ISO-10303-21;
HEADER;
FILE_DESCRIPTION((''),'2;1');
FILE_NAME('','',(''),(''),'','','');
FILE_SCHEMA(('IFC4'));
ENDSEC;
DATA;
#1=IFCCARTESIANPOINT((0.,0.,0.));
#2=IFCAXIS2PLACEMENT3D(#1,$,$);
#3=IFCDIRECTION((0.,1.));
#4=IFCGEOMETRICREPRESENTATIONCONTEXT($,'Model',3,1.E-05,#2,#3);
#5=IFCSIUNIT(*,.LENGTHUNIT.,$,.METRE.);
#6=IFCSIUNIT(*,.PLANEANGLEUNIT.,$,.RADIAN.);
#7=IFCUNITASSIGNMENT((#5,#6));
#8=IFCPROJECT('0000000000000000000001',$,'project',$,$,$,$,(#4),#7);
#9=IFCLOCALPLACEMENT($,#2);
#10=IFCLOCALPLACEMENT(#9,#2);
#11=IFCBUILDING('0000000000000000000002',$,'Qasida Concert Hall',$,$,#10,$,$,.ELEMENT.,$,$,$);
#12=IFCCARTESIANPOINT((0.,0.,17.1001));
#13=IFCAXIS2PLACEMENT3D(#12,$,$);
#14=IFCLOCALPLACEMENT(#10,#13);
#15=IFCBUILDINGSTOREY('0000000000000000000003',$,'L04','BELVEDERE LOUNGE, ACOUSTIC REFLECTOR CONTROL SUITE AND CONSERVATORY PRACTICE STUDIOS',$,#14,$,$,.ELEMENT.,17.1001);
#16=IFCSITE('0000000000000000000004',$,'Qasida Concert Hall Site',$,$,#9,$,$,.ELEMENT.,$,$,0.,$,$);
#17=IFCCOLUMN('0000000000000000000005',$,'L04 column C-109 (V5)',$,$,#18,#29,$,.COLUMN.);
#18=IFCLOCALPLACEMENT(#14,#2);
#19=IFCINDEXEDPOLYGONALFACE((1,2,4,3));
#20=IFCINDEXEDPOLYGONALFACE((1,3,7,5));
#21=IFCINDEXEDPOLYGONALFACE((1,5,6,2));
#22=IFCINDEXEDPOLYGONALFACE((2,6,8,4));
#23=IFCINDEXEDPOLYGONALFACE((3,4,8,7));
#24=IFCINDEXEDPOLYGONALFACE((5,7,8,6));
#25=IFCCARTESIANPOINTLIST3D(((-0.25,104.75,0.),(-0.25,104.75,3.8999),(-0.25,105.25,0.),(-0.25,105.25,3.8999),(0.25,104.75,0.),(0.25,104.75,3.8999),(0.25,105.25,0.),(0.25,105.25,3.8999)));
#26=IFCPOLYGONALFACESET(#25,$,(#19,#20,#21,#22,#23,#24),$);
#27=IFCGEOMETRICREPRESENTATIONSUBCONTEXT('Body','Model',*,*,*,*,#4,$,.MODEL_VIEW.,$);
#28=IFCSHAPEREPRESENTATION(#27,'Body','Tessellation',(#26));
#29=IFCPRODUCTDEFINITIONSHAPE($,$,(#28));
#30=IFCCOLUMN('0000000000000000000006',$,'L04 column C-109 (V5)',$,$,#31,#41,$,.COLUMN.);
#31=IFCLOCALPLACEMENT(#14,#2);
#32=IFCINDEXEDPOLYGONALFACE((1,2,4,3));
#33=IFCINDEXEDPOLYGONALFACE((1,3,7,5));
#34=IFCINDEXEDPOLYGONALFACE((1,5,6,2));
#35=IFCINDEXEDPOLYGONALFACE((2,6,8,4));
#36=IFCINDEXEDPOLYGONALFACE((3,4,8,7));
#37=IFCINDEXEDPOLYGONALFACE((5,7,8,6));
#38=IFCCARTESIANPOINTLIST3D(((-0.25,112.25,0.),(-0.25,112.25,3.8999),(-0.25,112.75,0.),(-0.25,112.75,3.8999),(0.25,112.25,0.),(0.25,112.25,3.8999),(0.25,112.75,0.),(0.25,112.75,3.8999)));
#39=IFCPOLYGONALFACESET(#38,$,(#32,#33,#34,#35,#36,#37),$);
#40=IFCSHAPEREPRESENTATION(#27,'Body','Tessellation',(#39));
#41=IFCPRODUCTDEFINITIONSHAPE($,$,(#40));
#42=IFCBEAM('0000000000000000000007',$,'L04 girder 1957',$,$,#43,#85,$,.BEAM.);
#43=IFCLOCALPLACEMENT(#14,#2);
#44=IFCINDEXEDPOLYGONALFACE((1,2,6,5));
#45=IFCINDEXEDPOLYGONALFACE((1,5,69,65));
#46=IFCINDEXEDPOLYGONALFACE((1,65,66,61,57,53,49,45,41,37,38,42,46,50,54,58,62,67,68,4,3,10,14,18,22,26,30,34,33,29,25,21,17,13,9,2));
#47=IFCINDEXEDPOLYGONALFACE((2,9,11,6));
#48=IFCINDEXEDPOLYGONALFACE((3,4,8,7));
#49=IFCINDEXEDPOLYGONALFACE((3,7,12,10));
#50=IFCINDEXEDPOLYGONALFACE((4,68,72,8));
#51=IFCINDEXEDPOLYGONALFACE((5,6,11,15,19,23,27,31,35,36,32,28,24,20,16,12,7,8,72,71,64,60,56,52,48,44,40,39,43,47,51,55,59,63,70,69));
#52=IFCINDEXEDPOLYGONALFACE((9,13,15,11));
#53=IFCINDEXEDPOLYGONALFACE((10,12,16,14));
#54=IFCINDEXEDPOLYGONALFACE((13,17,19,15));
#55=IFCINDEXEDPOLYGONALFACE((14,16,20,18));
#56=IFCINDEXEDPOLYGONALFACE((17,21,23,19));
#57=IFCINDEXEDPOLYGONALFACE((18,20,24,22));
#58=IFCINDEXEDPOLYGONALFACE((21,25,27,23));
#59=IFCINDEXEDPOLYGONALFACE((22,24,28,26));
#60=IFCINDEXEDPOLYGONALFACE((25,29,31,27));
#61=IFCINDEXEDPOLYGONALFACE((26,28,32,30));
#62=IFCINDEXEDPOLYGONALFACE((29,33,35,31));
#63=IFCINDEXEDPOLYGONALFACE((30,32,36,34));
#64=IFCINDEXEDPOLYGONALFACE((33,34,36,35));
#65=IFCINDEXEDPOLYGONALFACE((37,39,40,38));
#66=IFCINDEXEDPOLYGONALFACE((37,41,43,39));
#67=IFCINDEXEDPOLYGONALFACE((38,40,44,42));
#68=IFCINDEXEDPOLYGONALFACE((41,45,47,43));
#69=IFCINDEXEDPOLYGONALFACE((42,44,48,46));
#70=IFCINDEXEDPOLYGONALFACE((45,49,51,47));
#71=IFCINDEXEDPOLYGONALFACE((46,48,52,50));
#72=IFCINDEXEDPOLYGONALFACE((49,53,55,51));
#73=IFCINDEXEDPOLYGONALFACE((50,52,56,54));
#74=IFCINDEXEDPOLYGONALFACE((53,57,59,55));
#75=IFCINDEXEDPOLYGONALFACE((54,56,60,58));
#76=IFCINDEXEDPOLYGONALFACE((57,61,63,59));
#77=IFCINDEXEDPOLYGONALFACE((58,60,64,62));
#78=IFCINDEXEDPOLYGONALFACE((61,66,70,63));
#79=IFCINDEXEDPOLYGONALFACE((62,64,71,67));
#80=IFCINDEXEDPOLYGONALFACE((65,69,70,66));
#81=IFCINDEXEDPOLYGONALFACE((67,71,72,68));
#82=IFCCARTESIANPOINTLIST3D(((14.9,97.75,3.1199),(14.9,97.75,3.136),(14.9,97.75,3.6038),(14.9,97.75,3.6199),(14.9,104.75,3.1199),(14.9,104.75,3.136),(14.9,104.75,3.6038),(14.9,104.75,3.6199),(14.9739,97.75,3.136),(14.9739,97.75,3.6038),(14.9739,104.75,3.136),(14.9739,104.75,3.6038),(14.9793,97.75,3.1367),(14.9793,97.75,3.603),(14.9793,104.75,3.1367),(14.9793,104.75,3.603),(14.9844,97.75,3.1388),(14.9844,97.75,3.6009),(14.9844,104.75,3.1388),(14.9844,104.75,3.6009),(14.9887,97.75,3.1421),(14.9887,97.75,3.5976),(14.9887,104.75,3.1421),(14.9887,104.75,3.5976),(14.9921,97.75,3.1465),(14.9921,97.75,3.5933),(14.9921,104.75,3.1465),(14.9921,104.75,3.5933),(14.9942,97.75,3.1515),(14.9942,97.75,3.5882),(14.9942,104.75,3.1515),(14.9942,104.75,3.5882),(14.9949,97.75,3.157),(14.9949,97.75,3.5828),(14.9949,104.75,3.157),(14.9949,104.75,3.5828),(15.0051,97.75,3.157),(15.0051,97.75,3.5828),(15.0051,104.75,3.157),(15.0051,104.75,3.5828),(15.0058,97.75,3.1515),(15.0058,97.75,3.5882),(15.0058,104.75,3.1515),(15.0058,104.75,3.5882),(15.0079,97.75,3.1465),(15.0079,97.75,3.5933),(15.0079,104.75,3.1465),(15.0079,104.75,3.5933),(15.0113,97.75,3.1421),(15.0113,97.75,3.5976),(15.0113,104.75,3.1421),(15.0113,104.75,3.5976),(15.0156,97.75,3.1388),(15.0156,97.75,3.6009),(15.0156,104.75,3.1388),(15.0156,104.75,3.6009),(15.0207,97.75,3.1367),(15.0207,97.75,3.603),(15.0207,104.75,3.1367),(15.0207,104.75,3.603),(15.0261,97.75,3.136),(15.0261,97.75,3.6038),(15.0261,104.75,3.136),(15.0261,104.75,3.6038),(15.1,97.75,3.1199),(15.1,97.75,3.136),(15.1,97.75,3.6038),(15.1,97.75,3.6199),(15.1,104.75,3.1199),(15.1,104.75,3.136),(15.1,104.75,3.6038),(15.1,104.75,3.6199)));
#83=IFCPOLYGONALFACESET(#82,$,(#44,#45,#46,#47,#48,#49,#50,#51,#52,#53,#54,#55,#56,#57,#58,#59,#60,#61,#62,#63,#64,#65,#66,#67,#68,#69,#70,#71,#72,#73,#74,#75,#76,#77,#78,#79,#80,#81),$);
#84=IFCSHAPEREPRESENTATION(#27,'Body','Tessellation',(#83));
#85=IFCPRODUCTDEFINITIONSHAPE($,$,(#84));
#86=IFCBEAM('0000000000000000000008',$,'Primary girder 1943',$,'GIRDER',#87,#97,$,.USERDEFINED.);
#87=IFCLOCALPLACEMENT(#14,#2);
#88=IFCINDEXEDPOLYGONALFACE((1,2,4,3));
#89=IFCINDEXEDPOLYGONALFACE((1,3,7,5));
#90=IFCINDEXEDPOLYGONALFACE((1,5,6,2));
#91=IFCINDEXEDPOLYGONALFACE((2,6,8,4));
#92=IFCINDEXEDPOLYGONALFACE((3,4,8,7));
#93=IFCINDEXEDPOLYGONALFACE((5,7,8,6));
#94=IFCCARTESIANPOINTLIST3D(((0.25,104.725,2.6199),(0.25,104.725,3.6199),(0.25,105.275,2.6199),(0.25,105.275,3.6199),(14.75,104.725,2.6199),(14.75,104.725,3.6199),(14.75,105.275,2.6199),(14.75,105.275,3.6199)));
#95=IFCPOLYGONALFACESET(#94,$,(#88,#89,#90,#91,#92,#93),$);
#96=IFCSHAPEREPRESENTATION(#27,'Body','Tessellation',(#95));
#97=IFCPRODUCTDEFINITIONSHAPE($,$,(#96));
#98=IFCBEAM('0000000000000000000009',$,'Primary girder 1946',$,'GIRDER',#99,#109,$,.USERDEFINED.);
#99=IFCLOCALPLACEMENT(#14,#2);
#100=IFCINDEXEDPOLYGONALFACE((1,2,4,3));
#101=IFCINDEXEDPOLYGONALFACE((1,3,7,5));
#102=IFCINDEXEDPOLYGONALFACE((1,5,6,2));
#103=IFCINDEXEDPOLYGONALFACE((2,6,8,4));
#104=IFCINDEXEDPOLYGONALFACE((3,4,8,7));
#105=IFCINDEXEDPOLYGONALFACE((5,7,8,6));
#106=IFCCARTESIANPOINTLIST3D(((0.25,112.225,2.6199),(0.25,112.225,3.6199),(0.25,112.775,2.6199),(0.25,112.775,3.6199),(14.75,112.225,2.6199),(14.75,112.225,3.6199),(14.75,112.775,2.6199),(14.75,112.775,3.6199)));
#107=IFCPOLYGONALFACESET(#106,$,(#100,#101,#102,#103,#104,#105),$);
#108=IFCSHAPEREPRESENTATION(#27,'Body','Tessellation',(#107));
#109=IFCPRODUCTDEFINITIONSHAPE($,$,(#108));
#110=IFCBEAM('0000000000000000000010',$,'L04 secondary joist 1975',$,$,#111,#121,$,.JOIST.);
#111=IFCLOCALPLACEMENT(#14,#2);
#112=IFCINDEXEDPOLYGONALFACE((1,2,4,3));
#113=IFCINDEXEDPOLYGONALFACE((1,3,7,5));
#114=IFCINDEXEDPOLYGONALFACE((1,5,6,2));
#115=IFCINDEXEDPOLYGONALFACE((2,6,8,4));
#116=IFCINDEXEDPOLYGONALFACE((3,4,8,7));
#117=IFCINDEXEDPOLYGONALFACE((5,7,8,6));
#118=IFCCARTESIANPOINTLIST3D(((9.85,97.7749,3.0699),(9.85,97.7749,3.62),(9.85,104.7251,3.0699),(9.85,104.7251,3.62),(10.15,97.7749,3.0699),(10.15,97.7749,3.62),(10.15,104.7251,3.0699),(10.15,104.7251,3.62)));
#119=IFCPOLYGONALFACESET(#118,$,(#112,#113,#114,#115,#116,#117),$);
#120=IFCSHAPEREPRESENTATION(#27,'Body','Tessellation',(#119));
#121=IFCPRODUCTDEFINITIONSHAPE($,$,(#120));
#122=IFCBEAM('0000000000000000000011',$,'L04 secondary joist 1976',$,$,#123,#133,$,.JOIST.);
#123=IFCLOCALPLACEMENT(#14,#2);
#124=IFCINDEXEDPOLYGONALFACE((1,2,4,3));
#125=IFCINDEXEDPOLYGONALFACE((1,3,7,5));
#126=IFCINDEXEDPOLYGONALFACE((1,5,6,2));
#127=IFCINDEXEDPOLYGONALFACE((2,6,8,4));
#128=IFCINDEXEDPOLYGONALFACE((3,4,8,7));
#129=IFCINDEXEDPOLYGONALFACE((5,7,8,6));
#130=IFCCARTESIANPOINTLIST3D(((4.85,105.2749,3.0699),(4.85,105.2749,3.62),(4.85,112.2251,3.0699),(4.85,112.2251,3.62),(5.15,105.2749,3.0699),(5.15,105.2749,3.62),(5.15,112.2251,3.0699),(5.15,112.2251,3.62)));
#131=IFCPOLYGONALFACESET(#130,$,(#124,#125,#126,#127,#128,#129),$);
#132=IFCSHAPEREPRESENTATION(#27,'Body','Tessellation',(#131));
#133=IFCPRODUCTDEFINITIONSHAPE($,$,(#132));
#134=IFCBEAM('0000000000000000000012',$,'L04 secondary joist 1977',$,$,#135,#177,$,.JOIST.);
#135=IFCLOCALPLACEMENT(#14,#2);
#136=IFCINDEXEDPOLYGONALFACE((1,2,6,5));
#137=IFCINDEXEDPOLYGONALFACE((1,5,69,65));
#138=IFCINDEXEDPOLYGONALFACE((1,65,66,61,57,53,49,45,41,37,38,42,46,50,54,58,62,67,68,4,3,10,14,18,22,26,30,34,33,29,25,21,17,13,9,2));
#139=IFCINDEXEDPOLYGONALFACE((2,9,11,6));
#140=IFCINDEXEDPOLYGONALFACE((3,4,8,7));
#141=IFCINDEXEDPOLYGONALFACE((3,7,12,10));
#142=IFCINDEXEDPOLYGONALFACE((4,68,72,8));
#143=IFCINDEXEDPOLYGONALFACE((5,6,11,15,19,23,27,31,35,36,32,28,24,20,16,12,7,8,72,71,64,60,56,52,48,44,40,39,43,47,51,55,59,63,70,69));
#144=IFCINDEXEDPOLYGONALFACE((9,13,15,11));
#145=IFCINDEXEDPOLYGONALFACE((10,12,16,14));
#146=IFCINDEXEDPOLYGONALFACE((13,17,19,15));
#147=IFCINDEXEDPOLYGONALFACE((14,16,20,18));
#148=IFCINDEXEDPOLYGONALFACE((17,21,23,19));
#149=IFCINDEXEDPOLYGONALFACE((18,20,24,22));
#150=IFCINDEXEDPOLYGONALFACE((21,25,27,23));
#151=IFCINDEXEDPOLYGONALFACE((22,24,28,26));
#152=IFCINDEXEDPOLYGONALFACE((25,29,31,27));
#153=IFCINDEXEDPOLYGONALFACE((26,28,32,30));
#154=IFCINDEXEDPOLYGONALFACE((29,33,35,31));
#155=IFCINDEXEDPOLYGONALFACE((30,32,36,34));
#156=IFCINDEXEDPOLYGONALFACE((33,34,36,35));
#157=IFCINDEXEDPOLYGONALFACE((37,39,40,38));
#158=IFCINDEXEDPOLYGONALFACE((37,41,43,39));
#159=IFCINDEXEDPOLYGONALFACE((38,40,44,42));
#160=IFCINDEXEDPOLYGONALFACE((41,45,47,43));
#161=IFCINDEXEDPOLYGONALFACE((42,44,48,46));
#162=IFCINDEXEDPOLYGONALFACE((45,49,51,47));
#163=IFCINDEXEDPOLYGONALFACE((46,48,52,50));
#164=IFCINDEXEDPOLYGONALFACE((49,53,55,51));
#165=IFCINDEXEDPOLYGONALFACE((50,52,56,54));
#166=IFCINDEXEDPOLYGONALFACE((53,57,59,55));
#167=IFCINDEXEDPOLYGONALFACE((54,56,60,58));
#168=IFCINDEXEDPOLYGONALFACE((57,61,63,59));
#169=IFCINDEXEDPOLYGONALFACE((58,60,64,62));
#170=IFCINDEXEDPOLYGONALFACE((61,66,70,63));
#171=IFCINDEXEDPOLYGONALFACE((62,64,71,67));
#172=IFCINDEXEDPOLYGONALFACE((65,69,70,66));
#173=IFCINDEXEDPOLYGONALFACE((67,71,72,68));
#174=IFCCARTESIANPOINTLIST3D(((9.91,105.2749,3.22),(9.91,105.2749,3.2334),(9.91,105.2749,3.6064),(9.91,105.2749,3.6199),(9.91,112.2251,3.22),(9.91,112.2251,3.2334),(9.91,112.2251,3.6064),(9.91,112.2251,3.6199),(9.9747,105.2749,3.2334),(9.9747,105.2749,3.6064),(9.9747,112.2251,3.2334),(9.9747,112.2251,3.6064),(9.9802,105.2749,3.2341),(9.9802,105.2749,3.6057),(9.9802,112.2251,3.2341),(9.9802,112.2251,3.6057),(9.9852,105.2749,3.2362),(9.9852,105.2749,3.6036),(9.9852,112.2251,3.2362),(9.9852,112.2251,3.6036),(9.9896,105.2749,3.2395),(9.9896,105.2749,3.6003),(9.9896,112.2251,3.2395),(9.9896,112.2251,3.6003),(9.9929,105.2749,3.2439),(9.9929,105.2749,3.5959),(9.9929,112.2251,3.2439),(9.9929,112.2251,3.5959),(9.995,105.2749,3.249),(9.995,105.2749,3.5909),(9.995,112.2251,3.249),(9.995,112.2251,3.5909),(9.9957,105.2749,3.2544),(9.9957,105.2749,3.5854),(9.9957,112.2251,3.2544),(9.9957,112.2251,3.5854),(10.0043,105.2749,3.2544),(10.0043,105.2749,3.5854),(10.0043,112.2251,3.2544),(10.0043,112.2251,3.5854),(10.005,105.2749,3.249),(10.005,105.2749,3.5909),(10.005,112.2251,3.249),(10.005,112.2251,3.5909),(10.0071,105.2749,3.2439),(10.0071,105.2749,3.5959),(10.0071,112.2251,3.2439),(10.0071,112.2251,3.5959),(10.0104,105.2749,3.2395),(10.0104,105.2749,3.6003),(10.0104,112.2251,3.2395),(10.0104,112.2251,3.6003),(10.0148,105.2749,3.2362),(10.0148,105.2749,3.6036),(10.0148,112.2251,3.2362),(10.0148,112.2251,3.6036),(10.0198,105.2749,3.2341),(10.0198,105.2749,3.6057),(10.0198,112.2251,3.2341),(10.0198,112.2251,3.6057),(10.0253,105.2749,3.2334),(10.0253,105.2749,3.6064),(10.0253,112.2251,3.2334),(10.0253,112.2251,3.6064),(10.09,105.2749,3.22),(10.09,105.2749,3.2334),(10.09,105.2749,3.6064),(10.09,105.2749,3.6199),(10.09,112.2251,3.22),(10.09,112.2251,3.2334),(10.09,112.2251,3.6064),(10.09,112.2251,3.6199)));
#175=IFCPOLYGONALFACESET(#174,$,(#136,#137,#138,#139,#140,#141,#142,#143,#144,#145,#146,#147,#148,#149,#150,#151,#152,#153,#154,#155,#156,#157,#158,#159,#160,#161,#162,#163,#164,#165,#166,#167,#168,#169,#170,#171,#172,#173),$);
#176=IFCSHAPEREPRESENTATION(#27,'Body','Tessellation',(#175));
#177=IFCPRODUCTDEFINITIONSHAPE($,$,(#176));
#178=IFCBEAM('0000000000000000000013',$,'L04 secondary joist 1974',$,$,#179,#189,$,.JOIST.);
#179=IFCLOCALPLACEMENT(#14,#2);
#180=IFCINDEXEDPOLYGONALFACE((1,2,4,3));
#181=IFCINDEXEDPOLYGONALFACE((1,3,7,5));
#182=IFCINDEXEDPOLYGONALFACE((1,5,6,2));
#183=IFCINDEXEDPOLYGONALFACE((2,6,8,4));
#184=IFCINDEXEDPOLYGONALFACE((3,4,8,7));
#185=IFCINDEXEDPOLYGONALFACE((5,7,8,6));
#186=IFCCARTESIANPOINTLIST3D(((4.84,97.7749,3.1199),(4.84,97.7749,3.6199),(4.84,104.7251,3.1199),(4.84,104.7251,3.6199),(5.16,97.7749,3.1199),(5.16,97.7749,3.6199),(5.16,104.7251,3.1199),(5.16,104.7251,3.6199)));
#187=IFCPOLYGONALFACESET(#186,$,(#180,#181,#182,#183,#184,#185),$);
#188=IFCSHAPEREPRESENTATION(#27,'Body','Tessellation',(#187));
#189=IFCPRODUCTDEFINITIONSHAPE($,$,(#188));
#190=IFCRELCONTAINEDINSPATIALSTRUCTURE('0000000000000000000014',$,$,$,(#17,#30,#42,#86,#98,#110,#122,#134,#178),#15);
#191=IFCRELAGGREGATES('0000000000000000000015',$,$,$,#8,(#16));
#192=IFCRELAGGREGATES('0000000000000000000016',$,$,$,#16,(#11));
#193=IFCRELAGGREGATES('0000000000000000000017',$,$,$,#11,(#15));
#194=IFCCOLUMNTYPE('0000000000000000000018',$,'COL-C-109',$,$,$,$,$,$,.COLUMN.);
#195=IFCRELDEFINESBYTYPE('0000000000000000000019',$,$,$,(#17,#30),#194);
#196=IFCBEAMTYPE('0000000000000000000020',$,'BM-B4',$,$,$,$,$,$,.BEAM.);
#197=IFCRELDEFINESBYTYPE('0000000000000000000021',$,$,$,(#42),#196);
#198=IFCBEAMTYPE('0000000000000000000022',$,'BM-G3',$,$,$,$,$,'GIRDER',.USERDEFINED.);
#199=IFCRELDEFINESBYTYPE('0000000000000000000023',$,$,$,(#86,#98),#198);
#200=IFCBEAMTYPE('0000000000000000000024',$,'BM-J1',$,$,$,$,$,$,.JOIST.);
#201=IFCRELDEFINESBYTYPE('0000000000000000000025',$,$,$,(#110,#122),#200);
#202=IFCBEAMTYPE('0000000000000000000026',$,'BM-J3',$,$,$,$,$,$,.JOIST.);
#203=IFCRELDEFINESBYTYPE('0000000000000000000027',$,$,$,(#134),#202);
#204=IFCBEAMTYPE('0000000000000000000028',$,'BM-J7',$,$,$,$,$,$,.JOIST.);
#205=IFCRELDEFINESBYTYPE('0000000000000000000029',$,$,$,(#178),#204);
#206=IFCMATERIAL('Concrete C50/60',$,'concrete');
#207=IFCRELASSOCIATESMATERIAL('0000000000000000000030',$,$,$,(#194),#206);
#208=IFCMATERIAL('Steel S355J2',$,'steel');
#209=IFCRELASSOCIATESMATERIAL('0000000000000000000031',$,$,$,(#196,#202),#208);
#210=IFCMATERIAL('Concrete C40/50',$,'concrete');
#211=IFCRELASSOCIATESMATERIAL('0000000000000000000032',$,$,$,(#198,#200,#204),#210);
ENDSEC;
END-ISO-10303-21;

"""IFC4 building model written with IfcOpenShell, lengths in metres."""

from ifc_helpers import new_model, si_unit, direction, frame, origin, origin_2d, place, context, subcontext, project, spatial, rectangle, i_section, extrude, material, material_profile, profile_set, type_object, element, save


model = new_model("IFC4")

# Units and contexts
model_context = context("Model", 3, precision=1e-05, world=origin(), true_north=direction((0.0, 1.0)))
body_context = subcontext(model_context, "Body", "Model", "MODEL_VIEW")
ifc_project = project(units=[si_unit("LENGTHUNIT", "METRE"), si_unit("PLANEANGLEUNIT", "RADIAN")], contexts=[model_context])

# Site, building, storey
site_placement = place(None, origin())
site = spatial("IfcSite", under=ifc_project, at=site_placement, Name="Qasida Concert Hall Site", CompositionType="ELEMENT", RefElevation=0.0)
building_placement = place(site_placement, origin())
building = spatial("IfcBuilding", under=site, at=building_placement, Name="Qasida Concert Hall", CompositionType="ELEMENT")
storey_placement = place(building_placement, frame((0.0, 0.0, 17.1001)))
storey = spatial("IfcBuildingStorey", under=building, at=storey_placement, Name="L04", Description="BELVEDERE LOUNGE, ACOUSTIC REFLECTOR CONTROL SUITE AND CONSERVATORY PRACTICE STUDIOS", CompositionType="ELEMENT", Elevation=17.1001)

# Columns
ifc_material_1 = material(Name="Concrete C50/60", Category="concrete")
ifc_material_profile_1 = material_profile(ifc_material_1, rectangle(XDim=0.5, YDim=0.5, at=origin_2d()), Name="RC 500x500")
ifc_profile_set_1 = profile_set([ifc_material_profile_1], Name="Concrete C50/60")
column_type = type_object("IfcColumnType", Name="COL-C-109", PredefinedType="COLUMN", material=ifc_profile_set_1)
for number, where, z_axis, x_axis, name in (
    (1, (0.0, 105.0, 0.0), (0.0, 0.0, 1.0), (1.0, 0.0, 0.0), "L04 column C-109 (V5)"),
    (2, (0.0, 112.5, 0.0), (0.0, 0.0, 1.0), (1.0, 0.0, 0.0), "L04 column C-109 (V5)"),
):
    element("IfcColumn", number, at=place(storey_placement, frame(where, z_axis=z_axis, x_axis=x_axis)), inside=storey, type_object=column_type, Name=name, PredefinedType="COLUMN", context=body_context, shape_type="SweptSolid", body=[
        extrude(rectangle(XDim=0.5, YDim=0.5, at=origin_2d()), origin(), (0.0, 0.0, 1.0), 3.8999),
    ])

# Beams
ifc_material_2 = material(Name="Steel S355J2", Category="steel")
ifc_material_profile_2 = material_profile(ifc_material_2, i_section(OverallWidth=0.2, OverallDepth=0.5, WebThickness=0.0103, FlangeThickness=0.0161, FilletRadius=0.021, at=origin_2d()), Name="IPE 500")
ifc_profile_set_2 = profile_set([ifc_material_profile_2], Name="Steel S355J2")
beam_type_1 = type_object("IfcBeamType", Name="BM-B4", PredefinedType="BEAM", material=ifc_profile_set_2)
beam_1_placement = place(storey_placement, frame((15.0, 97.75, 3.3699), z_axis=(0.0, 1.0, 0.0), x_axis=(-1.0, 0.0, 0.0)))
element("IfcBeam", 3, at=beam_1_placement, inside=storey, type_object=beam_type_1, Name="L04 girder 1957", PredefinedType="BEAM", context=body_context, shape_type="SweptSolid", body=[
    extrude(i_section(OverallWidth=0.2, OverallDepth=0.5, WebThickness=0.0103, FlangeThickness=0.0161, FilletRadius=0.021, at=origin_2d()), origin(), (0.0, 0.0, 1.0), 7.0),
])
ifc_material_3 = material(Name="Concrete C40/50", Category="concrete")
ifc_material_profile_3 = material_profile(ifc_material_3, rectangle(XDim=0.55, YDim=1.0, at=origin_2d()), Name="RC 550x1000")
ifc_profile_set_3 = profile_set([ifc_material_profile_3], Name="Concrete C40/50")
beam_type_2 = type_object("IfcBeamType", Name="BM-G3", ElementType="GIRDER", PredefinedType="USERDEFINED", material=ifc_profile_set_3)
for number, where, z_axis, x_axis, name in (
    (4, (0.25, 105.0, 3.1199), (1.0, 0.0, 0.0), (0.0, 1.0, 0.0), "Primary girder 1943"),
    (5, (0.25, 112.5, 3.1199), (1.0, 0.0, 0.0), (0.0, 1.0, 0.0), "Primary girder 1946"),
):
    element("IfcBeam", number, at=place(storey_placement, frame(where, z_axis=z_axis, x_axis=x_axis)), inside=storey, type_object=beam_type_2, Name=name, ObjectType="GIRDER", PredefinedType="USERDEFINED", context=body_context, shape_type="SweptSolid", body=[
        extrude(rectangle(XDim=0.55, YDim=1.0, at=origin_2d()), origin(), (0.0, 0.0, 1.0), 14.5),
    ])
ifc_material_profile_4 = material_profile(ifc_material_3, rectangle(XDim=0.3, YDim=0.55, at=origin_2d()), Name="RC 300x550")
ifc_profile_set_4 = profile_set([ifc_material_profile_4], Name="Concrete C40/50")
beam_type_3 = type_object("IfcBeamType", Name="BM-J1", PredefinedType="JOIST", material=ifc_profile_set_4)
for number, where, z_axis, x_axis, name in (
    (6, (10.0, 97.7749, 3.345), (0.0, 1.0, 0.0), (-1.0, 0.0, 0.0), "L04 secondary joist 1975"),
    (7, (5.0, 105.2749, 3.345), (0.0, 1.0, 0.0), (-1.0, 0.0, 0.0), "L04 secondary joist 1976"),
):
    element("IfcBeam", number, at=place(storey_placement, frame(where, z_axis=z_axis, x_axis=x_axis)), inside=storey, type_object=beam_type_3, Name=name, PredefinedType="JOIST", context=body_context, shape_type="SweptSolid", body=[
        extrude(rectangle(XDim=0.3, YDim=0.55, at=origin_2d()), origin(), (0.0, 0.0, 1.0), 6.9502),
    ])
ifc_material_profile_5 = material_profile(ifc_material_2, i_section(OverallWidth=0.1799, OverallDepth=0.3999, WebThickness=0.0085, FlangeThickness=0.0134, FilletRadius=0.021, at=origin_2d()), Name="IPE 400")
ifc_profile_set_5 = profile_set([ifc_material_profile_5], Name="Steel S355J2")
beam_type_4 = type_object("IfcBeamType", Name="BM-J3", PredefinedType="JOIST", material=ifc_profile_set_5)
beam_2_placement = place(storey_placement, frame((10.0, 105.2749, 3.4199), z_axis=(0.0, 1.0, 0.0), x_axis=(-1.0, 0.0, 0.0)))
element("IfcBeam", 8, at=beam_2_placement, inside=storey, type_object=beam_type_4, Name="L04 secondary joist 1977", PredefinedType="JOIST", context=body_context, shape_type="SweptSolid", body=[
    extrude(i_section(OverallWidth=0.1799, OverallDepth=0.3999, WebThickness=0.0085, FlangeThickness=0.0134, FilletRadius=0.021, at=origin_2d()), origin(), (0.0, 0.0, 1.0), 6.9502),
])
ifc_material_profile_6 = material_profile(ifc_material_3, rectangle(XDim=0.3201, YDim=0.5, at=origin_2d()), Name="RC 320x500")
ifc_profile_set_6 = profile_set([ifc_material_profile_6], Name="Concrete C40/50")
beam_type_5 = type_object("IfcBeamType", Name="BM-J7", PredefinedType="JOIST", material=ifc_profile_set_6)
beam_3_placement = place(storey_placement, frame((5.0, 97.7749, 3.3699), z_axis=(0.0, 1.0, 0.0), x_axis=(-1.0, 0.0, 0.0)))
element("IfcBeam", 9, at=beam_3_placement, inside=storey, type_object=beam_type_5, Name="L04 secondary joist 1974", PredefinedType="JOIST", context=body_context, shape_type="SweptSolid", body=[
    extrude(rectangle(XDim=0.3201, YDim=0.5, at=origin_2d()), origin(), (0.0, 0.0, 1.0), 6.9502),
])

save(model, "model.ifc")
